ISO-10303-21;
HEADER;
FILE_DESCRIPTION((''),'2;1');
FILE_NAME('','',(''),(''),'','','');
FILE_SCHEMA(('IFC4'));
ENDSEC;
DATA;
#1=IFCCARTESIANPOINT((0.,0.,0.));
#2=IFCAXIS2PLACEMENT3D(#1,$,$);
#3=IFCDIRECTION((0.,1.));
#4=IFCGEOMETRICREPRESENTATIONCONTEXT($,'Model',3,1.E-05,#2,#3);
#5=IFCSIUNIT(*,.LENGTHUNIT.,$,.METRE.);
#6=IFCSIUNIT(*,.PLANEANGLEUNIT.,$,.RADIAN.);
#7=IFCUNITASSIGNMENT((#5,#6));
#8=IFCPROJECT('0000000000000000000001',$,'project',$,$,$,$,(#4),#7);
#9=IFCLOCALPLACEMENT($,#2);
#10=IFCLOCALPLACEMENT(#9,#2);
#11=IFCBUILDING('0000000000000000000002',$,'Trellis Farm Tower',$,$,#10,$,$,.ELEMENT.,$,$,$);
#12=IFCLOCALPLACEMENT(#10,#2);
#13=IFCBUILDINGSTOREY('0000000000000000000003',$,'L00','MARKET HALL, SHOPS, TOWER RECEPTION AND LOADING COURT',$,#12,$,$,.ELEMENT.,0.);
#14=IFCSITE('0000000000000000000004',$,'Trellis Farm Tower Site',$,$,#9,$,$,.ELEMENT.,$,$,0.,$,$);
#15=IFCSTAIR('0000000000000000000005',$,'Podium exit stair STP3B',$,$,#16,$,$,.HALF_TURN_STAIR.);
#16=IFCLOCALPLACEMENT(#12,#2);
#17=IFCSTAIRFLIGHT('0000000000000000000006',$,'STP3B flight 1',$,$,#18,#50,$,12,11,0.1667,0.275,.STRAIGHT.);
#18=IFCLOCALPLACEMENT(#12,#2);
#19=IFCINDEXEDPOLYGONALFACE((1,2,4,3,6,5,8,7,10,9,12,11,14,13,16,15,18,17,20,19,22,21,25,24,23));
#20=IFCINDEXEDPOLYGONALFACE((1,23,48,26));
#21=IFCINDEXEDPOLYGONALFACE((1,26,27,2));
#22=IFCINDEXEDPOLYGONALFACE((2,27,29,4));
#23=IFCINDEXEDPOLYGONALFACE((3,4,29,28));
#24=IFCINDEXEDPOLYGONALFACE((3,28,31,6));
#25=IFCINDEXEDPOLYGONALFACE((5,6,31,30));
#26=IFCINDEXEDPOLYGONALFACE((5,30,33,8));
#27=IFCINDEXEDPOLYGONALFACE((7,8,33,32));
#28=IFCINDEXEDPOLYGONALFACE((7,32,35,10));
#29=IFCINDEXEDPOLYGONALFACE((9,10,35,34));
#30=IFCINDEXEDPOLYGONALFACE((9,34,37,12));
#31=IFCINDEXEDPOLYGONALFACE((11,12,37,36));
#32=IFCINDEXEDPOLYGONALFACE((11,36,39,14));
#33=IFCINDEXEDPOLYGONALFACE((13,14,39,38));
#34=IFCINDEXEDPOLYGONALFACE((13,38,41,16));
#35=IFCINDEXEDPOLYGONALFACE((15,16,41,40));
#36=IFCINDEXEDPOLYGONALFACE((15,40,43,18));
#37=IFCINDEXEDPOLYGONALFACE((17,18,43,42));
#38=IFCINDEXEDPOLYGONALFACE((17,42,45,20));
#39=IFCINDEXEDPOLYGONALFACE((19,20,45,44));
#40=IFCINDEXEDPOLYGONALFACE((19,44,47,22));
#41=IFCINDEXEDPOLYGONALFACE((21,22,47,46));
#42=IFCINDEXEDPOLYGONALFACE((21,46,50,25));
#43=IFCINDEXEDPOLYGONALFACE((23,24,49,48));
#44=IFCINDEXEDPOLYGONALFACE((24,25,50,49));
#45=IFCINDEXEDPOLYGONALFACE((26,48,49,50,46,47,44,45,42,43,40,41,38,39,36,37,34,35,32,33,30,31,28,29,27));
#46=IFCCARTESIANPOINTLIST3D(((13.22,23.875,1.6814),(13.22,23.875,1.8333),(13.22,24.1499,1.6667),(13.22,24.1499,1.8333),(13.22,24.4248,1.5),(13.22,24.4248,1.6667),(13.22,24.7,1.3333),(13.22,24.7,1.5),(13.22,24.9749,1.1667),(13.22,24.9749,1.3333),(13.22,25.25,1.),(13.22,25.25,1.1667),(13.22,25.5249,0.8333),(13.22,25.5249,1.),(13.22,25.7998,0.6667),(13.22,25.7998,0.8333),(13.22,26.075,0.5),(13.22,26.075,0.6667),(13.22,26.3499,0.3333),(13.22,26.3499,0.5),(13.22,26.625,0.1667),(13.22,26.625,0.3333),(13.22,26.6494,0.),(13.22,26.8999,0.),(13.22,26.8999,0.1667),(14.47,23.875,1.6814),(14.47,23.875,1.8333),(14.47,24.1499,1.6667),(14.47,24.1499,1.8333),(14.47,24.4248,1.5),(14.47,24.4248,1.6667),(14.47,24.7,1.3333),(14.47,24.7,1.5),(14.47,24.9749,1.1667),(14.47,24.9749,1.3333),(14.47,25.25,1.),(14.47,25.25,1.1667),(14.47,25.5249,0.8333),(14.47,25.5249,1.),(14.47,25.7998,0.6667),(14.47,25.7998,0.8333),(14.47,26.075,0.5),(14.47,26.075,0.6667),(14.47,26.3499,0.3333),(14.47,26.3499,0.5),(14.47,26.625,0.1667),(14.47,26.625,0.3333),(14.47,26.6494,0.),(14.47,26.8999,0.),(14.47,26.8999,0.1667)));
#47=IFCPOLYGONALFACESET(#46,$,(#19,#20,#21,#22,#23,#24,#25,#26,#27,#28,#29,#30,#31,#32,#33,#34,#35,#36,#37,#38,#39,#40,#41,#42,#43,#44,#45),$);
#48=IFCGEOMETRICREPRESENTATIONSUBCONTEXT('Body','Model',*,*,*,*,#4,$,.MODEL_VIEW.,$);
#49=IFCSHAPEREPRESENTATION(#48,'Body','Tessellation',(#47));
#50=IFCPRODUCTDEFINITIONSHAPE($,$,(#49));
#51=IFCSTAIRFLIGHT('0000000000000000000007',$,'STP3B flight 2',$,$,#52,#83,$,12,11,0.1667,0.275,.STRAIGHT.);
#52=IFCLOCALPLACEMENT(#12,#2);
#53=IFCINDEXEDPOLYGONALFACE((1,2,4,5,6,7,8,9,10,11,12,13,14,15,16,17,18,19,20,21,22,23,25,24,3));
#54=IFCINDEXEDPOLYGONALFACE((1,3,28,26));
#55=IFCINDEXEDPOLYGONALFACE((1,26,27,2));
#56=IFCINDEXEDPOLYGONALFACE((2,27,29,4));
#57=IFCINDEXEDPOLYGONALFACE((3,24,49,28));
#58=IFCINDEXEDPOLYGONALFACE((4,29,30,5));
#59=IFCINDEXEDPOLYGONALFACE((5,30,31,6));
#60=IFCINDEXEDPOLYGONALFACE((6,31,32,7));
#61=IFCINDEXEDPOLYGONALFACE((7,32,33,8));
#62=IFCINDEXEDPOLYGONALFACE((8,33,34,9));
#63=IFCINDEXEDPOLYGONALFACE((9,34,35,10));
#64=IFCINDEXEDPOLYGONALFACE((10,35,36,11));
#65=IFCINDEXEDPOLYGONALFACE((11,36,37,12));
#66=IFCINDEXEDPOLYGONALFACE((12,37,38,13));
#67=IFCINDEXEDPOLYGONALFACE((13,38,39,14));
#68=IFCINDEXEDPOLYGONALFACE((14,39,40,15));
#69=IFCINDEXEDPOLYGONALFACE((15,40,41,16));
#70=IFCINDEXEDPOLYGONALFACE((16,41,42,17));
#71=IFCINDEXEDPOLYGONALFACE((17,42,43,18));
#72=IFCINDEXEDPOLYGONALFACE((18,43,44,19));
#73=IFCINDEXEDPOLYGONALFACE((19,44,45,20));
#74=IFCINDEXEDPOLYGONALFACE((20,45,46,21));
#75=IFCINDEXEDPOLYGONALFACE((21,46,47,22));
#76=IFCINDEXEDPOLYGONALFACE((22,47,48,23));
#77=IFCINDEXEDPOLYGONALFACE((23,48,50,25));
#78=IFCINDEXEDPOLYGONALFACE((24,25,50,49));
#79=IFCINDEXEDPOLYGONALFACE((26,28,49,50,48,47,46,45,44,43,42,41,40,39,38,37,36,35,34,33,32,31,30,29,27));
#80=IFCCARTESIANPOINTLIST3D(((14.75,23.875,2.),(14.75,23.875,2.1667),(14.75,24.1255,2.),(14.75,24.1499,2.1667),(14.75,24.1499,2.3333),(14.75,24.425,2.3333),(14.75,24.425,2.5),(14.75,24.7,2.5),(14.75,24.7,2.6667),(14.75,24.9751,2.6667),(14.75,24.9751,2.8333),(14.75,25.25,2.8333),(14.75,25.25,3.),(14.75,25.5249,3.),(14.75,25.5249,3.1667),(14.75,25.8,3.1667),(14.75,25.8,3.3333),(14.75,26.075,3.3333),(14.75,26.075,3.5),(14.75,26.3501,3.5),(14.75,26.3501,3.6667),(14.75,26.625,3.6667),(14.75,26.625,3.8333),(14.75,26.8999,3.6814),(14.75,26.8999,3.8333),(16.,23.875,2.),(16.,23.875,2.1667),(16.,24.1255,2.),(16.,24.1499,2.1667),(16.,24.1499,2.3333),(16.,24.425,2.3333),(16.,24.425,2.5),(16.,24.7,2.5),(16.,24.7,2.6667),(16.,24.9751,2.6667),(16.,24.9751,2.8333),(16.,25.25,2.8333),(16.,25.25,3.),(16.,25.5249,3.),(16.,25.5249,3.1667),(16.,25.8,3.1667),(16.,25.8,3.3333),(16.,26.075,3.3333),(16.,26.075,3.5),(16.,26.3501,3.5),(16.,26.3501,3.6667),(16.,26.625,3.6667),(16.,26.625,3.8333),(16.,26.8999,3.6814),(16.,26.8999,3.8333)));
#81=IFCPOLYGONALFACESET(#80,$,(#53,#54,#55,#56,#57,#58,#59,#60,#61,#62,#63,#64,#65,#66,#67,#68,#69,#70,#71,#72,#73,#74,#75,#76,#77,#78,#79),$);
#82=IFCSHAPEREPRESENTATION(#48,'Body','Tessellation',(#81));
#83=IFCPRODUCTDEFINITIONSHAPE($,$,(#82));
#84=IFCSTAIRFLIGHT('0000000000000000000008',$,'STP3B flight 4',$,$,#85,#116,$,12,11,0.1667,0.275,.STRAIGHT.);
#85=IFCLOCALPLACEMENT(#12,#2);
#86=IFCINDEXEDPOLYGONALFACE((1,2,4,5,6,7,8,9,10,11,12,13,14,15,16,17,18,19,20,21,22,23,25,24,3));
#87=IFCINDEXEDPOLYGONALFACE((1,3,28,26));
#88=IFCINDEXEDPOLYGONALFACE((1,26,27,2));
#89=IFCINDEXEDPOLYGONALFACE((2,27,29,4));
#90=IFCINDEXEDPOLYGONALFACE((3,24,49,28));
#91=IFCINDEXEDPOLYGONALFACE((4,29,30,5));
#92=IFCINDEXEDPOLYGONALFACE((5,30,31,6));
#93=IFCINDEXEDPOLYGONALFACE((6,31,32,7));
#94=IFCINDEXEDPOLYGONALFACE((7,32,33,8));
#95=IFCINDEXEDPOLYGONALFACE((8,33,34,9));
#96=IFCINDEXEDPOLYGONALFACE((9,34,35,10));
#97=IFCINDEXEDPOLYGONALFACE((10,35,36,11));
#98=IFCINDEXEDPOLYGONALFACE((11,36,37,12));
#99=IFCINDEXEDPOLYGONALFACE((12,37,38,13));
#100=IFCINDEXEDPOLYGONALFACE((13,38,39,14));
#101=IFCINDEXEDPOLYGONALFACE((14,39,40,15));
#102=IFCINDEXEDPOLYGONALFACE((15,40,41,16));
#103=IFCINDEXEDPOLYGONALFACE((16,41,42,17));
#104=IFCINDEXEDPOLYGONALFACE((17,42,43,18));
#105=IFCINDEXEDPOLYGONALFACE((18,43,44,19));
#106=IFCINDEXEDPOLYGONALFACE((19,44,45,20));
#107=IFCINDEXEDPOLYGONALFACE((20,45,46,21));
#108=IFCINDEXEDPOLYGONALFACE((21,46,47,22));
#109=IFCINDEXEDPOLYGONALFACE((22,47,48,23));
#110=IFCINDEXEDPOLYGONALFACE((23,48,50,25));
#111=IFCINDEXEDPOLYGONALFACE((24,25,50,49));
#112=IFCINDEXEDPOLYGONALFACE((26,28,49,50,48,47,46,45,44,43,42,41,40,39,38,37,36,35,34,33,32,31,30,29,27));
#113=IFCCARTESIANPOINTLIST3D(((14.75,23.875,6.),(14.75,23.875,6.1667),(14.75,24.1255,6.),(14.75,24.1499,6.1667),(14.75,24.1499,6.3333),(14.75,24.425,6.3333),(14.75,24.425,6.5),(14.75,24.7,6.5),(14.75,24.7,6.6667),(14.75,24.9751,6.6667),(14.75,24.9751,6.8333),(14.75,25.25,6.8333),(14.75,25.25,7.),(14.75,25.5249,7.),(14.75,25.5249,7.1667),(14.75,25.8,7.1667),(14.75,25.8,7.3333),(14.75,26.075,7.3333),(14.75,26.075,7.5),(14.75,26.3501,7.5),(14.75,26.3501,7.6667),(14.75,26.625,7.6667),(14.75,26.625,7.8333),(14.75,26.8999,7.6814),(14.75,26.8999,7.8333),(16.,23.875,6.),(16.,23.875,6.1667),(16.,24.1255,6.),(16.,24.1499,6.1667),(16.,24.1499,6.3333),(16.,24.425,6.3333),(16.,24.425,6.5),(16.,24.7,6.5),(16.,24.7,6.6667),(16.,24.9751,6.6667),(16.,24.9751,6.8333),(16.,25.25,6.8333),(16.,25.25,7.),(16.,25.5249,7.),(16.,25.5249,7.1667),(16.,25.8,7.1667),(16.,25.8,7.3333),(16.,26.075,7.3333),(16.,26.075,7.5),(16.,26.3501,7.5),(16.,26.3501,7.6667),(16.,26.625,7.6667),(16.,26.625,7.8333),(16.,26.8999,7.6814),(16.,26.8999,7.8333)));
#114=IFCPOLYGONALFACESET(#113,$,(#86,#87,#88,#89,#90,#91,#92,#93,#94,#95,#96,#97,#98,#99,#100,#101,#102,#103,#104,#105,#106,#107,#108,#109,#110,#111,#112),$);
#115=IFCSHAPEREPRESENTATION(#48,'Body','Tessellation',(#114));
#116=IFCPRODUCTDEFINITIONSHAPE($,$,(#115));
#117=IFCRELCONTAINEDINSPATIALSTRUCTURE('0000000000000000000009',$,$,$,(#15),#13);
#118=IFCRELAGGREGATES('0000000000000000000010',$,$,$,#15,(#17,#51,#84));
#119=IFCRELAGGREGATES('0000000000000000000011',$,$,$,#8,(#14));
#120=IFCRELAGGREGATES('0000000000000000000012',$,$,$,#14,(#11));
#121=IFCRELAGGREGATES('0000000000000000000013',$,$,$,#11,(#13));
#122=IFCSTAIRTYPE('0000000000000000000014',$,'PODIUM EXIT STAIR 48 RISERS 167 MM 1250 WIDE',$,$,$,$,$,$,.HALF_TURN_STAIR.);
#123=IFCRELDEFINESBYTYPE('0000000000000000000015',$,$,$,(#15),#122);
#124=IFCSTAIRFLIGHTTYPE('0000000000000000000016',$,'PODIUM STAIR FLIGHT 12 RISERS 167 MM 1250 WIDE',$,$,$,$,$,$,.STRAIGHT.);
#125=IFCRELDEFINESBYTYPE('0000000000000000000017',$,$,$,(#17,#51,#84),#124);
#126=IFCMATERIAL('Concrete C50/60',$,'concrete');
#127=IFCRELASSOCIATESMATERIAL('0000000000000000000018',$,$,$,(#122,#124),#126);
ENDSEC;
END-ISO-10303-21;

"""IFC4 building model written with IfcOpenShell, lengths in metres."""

from ifc_helpers import new_model, si_unit, direction, frame, origin, place, context, subcontext, project, spatial, polyline, outline, extrude, source, transform, mapped, material, type_object, element, aggregate, save


model = new_model("IFC4")

# Units and contexts
model_context = context("Model", 3, precision=1e-05, world=origin(), true_north=direction((0.0, 1.0)))
body_context = subcontext(model_context, "Body", "Model", "MODEL_VIEW")
ifc_project = project(units=[si_unit("LENGTHUNIT", "METRE"), si_unit("PLANEANGLEUNIT", "RADIAN")], contexts=[model_context])

# Site, building, storey
site_placement = place(None, origin())
site = spatial("IfcSite", under=ifc_project, at=site_placement, Name="Trellis Farm Tower Site", CompositionType="ELEMENT", RefElevation=0.0)
building_placement = place(site_placement, origin())
building = spatial("IfcBuilding", under=site, at=building_placement, Name="Trellis Farm Tower", CompositionType="ELEMENT")
storey_placement = place(building_placement, origin())
storey = spatial("IfcBuildingStorey", under=building, at=storey_placement, Name="L00", Description="MARKET HALL, SHOPS, TOWER RECEPTION AND LOADING COURT", CompositionType="ELEMENT", Elevation=0.0)

# Stair, stair flights
ifc_material_1 = material(Name="Concrete C50/60", Category="concrete")
stair_type = type_object("IfcStairType", Name="PODIUM EXIT STAIR 48 RISERS 167 MM 1250 WIDE", PredefinedType="HALF_TURN_STAIR", material=ifc_material_1)
placement = place(storey_placement, origin())
stair_flight_type = type_object("IfcStairFlightType", Name="PODIUM STAIR FLIGHT 12 RISERS 167 MM 1250 WIDE", PredefinedType="STRAIGHT", material=ifc_material_1)
shared_shape_1 = source(origin(), body_context, "Body", "SweptSolid", [
    extrude(outline(polyline([(0.0, 0.0), (0.0, 0.1667), (0.2749, 0.1667), (0.2749, 0.3333), (0.55, 0.3333), (0.55, 0.5), (0.825, 0.5), (0.825, 0.6667), (1.1001, 0.6667), (1.1001, 0.8333), (1.375, 0.8333), (1.375, 1.0), (1.6499, 1.0), (1.6499, 1.1667), (1.925, 1.1667), (1.925, 1.3333), (2.2, 1.3333), (2.2, 1.5), (2.4751, 1.5), (2.4751, 1.6667), (2.75, 1.6667), (2.75, 1.8333), (3.0249, 1.8333), (3.0249, 2.0), (3.0249, 1.6814), (0.2505, 0.0), (0.0, 0.0)])), frame((0.0, 0.625, 0.0), z_axis=(0.0, -1.0, 0.0), x_axis=(1.0, 0.0, 0.0)), (0.0, 0.0, 1.0), 1.25),
])
stair_1 = element("IfcStair", 1, at=placement, inside=storey, type_object=stair_type, Name="Podium exit stair STP3B", PredefinedType="HALF_TURN_STAIR")
stair_flight_1_placement = place(storey_placement, frame((13.845, 26.8999, 0.0), z_axis=(0.0, 0.0, 1.0), x_axis=(0.0, -1.0, 0.0)))
stair_flight_1 = element("IfcStairFlight", 2, at=stair_flight_1_placement, type_object=stair_flight_type, Name="STP3B flight 1", NumberOfRisers=12, NumberOfTreads=11, PredefinedType="STRAIGHT", RiserHeight=0.1667, TreadLength=0.275, context=body_context, shape_type="MappedRepresentation", body=[
    mapped(shared_shape_1, transform((0.0, 0.0, 0.0))),
])
stair_flight_2_placement = place(storey_placement, frame((15.375, 23.875, 2.0), z_axis=(0.0, 0.0, 1.0), x_axis=(0.0, 1.0, 0.0)))
stair_flight_2 = element("IfcStairFlight", 3, at=stair_flight_2_placement, type_object=stair_flight_type, Name="STP3B flight 2", NumberOfRisers=12, NumberOfTreads=11, PredefinedType="STRAIGHT", RiserHeight=0.1667, TreadLength=0.275, context=body_context, shape_type="MappedRepresentation", body=[
    mapped(shared_shape_1, transform((0.0, 0.0, 0.0))),
])
stair_flight_3_placement = place(storey_placement, frame((15.375, 23.875, 6.0), z_axis=(0.0, 0.0, 1.0), x_axis=(0.0, 1.0, 0.0)))
stair_flight_3 = element("IfcStairFlight", 4, at=stair_flight_3_placement, type_object=stair_flight_type, Name="STP3B flight 4", NumberOfRisers=12, NumberOfTreads=11, PredefinedType="STRAIGHT", RiserHeight=0.1667, TreadLength=0.275, context=body_context, shape_type="MappedRepresentation", body=[
    mapped(shared_shape_1, transform((0.0, 0.0, 0.0))),
])
aggregate(stair_1, [stair_flight_1, stair_flight_2, stair_flight_3])

save(model, "model.ifc")
